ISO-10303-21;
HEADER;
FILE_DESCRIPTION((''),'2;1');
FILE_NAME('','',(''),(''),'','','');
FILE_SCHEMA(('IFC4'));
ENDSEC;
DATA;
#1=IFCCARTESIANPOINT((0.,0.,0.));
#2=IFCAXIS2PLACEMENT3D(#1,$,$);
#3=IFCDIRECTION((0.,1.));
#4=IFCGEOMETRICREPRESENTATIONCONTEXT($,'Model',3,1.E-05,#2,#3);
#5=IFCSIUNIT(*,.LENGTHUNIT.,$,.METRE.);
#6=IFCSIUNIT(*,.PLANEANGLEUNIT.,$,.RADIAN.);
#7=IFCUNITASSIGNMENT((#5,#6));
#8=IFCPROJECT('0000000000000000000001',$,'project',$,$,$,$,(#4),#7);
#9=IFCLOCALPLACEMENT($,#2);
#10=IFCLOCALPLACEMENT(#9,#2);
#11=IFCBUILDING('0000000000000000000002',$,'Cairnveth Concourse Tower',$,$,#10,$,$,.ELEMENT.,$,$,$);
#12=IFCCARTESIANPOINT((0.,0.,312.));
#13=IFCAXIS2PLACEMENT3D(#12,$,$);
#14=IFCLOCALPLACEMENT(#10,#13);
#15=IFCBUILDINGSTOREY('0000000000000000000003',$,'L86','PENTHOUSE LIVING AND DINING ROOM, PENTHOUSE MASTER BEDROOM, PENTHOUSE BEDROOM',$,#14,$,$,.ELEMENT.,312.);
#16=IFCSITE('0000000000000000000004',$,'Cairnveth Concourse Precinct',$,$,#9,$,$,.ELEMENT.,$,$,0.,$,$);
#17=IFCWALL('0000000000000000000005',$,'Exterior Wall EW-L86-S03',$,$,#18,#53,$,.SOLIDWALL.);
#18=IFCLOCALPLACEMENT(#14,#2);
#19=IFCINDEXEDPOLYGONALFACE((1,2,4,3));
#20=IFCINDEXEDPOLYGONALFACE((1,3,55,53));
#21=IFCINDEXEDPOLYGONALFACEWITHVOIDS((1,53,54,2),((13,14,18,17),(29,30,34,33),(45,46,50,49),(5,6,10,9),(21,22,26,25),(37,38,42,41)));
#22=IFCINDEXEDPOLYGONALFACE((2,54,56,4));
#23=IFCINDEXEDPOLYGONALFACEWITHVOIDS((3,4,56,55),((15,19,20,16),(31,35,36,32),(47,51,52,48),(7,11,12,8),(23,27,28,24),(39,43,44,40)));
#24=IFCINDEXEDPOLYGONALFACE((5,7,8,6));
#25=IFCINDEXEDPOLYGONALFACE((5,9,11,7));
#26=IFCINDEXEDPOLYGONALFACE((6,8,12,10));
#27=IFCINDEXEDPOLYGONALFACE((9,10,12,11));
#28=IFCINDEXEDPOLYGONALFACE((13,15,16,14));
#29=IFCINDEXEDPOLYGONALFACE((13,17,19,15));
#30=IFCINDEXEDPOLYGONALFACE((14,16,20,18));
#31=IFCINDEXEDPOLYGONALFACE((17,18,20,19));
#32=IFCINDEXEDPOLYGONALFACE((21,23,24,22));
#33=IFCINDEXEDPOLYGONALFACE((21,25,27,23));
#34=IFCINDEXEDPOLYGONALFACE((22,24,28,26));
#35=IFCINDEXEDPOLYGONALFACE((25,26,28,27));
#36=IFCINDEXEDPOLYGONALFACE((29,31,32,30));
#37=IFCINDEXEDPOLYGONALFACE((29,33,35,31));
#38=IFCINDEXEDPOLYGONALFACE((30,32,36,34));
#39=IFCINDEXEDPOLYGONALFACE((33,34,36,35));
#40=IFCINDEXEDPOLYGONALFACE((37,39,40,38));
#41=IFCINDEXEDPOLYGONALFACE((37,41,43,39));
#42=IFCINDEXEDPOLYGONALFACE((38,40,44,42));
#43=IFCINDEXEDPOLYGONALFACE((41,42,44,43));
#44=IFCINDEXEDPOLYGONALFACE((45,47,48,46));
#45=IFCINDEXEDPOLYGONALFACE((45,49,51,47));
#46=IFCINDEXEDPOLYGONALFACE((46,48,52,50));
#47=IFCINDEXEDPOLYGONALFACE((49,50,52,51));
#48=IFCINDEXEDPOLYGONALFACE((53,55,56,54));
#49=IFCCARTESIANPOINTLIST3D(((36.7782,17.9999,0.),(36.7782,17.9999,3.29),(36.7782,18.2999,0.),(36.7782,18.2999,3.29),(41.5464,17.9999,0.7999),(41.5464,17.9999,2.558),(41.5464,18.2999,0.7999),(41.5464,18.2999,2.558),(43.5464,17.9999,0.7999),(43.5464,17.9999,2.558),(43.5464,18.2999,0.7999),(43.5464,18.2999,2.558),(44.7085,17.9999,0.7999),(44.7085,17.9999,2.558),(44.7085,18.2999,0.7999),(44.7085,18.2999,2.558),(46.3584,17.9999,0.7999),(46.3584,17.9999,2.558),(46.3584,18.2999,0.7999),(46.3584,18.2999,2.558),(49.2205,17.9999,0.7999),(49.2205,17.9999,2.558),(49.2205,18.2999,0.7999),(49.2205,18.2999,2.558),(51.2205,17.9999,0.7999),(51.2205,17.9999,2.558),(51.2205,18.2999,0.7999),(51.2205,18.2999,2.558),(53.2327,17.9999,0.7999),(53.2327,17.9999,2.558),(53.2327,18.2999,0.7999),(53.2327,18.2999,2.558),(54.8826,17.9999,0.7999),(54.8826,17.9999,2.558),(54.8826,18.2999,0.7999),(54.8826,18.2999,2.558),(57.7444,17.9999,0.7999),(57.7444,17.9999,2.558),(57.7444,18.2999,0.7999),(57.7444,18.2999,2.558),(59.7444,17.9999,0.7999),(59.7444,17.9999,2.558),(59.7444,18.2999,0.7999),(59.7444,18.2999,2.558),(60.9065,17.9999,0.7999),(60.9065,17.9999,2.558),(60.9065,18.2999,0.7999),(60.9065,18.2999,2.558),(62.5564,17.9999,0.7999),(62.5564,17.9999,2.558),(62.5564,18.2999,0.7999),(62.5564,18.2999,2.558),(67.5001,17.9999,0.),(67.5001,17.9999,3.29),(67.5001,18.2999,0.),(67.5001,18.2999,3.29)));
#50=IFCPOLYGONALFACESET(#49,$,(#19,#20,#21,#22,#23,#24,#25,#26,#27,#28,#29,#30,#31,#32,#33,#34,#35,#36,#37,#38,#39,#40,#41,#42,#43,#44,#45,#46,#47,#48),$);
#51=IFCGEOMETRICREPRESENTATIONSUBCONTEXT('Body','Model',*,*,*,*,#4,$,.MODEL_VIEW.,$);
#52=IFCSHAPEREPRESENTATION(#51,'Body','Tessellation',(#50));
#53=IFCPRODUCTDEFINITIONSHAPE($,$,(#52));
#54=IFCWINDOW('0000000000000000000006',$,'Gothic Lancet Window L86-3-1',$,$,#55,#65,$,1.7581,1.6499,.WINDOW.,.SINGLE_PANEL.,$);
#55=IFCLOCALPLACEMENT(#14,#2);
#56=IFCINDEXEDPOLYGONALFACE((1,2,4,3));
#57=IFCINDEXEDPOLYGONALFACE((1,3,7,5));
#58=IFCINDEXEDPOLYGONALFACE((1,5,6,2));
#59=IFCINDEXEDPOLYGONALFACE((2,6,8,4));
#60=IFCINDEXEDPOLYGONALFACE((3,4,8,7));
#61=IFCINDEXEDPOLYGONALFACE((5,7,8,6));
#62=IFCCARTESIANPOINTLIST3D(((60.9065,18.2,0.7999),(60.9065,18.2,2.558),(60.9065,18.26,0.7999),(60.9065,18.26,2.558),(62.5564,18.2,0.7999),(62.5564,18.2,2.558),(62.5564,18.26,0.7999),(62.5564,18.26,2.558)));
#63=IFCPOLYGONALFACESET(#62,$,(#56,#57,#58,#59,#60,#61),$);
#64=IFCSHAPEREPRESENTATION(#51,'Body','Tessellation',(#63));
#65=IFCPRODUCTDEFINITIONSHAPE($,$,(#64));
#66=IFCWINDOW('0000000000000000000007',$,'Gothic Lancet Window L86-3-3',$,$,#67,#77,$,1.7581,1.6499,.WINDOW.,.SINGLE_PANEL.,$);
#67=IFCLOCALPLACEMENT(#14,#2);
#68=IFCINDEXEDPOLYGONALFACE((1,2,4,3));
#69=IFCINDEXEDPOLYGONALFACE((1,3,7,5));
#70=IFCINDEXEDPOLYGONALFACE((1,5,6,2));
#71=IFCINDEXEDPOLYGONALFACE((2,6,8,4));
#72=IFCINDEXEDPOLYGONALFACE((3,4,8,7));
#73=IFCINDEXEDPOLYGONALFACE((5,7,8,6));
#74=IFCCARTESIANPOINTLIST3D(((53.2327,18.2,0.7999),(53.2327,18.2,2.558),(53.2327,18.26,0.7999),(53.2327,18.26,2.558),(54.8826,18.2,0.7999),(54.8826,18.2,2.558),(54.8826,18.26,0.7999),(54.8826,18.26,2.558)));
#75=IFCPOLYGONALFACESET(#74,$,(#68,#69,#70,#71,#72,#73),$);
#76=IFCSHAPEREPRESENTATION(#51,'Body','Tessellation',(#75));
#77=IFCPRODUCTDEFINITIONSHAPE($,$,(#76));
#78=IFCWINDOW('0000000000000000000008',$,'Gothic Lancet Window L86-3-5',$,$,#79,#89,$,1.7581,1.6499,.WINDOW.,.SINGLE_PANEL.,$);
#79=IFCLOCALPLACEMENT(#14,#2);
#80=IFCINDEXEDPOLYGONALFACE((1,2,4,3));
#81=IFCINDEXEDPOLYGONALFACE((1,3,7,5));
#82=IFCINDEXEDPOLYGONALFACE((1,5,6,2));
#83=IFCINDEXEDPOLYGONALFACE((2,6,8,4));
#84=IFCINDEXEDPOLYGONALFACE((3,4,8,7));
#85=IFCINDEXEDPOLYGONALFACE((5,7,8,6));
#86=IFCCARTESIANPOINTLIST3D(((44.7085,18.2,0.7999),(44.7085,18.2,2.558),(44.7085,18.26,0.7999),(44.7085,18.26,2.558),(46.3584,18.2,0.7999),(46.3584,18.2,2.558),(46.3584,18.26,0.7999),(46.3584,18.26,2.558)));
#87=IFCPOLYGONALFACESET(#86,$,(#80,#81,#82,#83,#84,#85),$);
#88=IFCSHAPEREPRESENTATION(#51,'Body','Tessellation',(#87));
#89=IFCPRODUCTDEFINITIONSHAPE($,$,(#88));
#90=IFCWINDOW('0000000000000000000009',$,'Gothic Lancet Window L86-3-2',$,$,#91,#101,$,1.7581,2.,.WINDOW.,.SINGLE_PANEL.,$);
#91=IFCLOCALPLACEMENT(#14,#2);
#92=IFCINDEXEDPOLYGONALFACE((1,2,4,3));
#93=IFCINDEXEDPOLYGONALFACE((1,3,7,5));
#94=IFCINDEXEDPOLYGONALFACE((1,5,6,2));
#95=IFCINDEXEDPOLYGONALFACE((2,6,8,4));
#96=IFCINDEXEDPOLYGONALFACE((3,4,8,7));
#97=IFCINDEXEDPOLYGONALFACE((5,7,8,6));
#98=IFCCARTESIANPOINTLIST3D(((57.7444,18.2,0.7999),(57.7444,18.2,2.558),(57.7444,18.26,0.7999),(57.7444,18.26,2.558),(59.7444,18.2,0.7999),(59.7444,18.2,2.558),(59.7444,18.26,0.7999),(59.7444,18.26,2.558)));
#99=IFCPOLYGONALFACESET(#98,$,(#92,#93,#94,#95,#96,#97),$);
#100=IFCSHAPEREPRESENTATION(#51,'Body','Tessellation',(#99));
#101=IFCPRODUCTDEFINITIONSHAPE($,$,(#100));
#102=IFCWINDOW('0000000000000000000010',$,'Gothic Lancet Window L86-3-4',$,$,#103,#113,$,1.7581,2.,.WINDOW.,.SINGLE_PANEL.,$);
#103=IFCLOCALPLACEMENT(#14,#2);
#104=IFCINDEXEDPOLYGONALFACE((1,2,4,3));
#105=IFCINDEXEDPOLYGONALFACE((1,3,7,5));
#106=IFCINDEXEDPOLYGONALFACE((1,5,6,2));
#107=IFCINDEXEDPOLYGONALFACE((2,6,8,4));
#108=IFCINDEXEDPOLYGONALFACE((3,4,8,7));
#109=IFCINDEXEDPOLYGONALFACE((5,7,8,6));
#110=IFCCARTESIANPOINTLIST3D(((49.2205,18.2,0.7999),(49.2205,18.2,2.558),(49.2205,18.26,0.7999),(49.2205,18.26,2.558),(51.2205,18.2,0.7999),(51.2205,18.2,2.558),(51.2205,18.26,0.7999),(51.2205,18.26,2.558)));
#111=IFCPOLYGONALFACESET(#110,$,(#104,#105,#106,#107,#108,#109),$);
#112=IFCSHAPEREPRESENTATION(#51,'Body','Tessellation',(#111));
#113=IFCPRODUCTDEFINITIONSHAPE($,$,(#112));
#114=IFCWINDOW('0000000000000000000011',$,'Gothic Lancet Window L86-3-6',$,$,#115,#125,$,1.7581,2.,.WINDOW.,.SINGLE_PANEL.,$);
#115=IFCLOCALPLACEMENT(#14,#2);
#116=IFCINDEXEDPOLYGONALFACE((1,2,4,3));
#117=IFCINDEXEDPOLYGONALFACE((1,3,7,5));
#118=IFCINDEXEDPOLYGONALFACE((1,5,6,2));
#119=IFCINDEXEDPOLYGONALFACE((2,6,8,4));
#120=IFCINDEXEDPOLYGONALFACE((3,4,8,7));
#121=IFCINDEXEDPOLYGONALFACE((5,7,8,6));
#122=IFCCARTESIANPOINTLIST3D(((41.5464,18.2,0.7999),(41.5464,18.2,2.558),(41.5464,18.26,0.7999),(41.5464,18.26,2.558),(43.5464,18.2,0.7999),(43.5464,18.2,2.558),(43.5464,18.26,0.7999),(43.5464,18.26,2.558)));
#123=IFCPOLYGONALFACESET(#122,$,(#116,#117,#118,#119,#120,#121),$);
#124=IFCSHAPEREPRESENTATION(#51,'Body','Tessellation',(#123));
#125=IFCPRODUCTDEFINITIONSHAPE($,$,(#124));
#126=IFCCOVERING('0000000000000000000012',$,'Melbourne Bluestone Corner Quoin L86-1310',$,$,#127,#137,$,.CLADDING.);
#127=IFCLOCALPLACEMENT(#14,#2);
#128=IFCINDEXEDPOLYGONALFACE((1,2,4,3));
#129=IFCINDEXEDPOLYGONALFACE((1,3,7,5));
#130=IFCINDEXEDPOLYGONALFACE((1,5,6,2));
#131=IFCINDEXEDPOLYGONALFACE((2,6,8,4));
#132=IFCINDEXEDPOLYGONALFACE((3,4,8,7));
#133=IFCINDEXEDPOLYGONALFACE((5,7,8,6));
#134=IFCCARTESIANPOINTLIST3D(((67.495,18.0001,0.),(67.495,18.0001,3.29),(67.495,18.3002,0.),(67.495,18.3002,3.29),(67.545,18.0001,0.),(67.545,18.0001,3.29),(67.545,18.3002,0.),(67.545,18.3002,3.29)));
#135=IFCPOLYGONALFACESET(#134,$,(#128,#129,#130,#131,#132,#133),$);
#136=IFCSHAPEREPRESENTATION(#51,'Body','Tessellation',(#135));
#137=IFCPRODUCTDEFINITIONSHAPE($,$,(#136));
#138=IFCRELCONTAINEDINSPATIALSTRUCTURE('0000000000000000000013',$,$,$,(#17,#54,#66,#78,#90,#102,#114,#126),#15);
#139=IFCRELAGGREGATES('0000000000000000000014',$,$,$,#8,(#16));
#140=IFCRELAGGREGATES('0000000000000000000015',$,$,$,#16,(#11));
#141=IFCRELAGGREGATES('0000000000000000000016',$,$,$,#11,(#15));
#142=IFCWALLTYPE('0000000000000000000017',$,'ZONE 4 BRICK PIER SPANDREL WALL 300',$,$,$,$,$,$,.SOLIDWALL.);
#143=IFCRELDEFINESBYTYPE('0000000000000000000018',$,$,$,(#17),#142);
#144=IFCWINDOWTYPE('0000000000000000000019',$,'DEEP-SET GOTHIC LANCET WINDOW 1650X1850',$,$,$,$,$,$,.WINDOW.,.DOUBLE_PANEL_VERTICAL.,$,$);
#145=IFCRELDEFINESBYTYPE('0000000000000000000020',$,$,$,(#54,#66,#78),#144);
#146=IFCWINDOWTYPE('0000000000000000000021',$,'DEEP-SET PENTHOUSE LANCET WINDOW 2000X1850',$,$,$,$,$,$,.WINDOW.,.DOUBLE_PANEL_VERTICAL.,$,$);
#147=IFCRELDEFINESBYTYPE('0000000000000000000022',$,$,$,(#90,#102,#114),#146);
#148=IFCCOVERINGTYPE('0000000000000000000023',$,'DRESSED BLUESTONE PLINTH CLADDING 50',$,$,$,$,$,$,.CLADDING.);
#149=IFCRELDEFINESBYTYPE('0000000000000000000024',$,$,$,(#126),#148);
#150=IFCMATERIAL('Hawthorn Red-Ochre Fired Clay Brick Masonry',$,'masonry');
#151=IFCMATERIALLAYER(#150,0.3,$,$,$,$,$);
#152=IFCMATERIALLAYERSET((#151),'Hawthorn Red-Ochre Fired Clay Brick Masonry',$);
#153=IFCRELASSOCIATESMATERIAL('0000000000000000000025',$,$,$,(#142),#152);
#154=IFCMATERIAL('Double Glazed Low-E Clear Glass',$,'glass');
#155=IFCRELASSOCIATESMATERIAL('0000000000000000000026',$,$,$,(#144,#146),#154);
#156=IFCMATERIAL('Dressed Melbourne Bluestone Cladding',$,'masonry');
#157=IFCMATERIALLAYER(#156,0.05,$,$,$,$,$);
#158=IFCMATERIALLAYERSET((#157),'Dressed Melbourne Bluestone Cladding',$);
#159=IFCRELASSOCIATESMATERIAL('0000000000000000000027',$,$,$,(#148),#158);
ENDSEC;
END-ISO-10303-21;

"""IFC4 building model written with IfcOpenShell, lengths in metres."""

from ifc_helpers import new_model, si_unit, direction, frame, frame_2d, origin, place, context, subcontext, project, spatial, rectangle, extrude, material, layer, layer_set, type_object, element, fill, save


model = new_model("IFC4")

# Units and contexts
model_context = context("Model", 3, precision=1e-05, world=origin(), true_north=direction((0.0, 1.0)))
body_context = subcontext(model_context, "Body", "Model", "MODEL_VIEW")
ifc_project = project(units=[si_unit("LENGTHUNIT", "METRE"), si_unit("PLANEANGLEUNIT", "RADIAN")], contexts=[model_context])

# Site, building, storey
site_placement = place(None, origin())
site = spatial("IfcSite", under=ifc_project, at=site_placement, Name="Cairnveth Concourse Precinct", CompositionType="ELEMENT", RefElevation=0.0)
building_placement = place(site_placement, origin())
building = spatial("IfcBuilding", under=site, at=building_placement, Name="Cairnveth Concourse Tower", CompositionType="ELEMENT")
storey_placement = place(building_placement, frame((0.0, 0.0, 312.0)))
storey = spatial("IfcBuildingStorey", under=building, at=storey_placement, Name="L86", Description="PENTHOUSE LIVING AND DINING ROOM, PENTHOUSE MASTER BEDROOM, PENTHOUSE BEDROOM", CompositionType="ELEMENT", Elevation=312.0)

# Shared definitions
ifc_material_1 = material(Name="Hawthorn Red-Ochre Fired Clay Brick Masonry", Category="masonry")
ifc_layer_1 = layer(ifc_material_1, 0.3)
ifc_layer_set_1 = layer_set([ifc_layer_1], Name="Hawthorn Red-Ochre Fired Clay Brick Masonry")
wall_type_1 = type_object("IfcWallType", Name="ZONE 4 BRICK PIER SPANDREL WALL 300", PredefinedType="SOLIDWALL", material=ifc_layer_set_1)
ifc_material_2 = material(Name="Double Glazed Low-E Clear Glass", Category="glass")

# Wall, openings, windows
wall_1_placement = place(storey_placement, frame((67.5, 18.1499, 0.0), z_axis=(0.0, 0.0, 1.0), x_axis=(-1.0, 0.0, 0.0)))
wall_1 = element("IfcWall", 1, at=wall_1_placement, inside=storey, type_object=wall_type_1, Name="Exterior Wall EW-L86-S03", PredefinedType="SOLIDWALL", context=body_context, shape_type="SweptSolid", body=[
    extrude(rectangle(XDim=30.7219, YDim=0.3, at=frame_2d((15.3608, 0.0))), origin(), (0.0, 0.0, 1.0), 3.29),
])
opening_1_placement = place(wall_1_placement, frame((4.9436, 0.0, 0.8)))
opening_1 = element("IfcOpeningElement", 2, at=opening_1_placement, cuts=wall_1, PredefinedType="OPENING", context=body_context, shape_type="SweptSolid", body=[
    extrude(rectangle(XDim=1.6499, YDim=1.7581, at=frame_2d((0.825, 0.8789))), frame((0.0, 0.1599, 0.0), z_axis=(0.0, -1.0, 0.0), x_axis=(1.0, 0.0, 0.0)), (0.0, 0.0, 1.0), 0.3201),
])
opening_2_placement = place(wall_1_placement, frame((7.7556, 0.0, 0.8)))
opening_2 = element("IfcOpeningElement", 3, at=opening_2_placement, cuts=wall_1, PredefinedType="OPENING", context=body_context, shape_type="SweptSolid", body=[
    extrude(rectangle(XDim=2.0, YDim=1.7581, at=frame_2d((1.0, 0.8789))), frame((0.0, 0.1599, 0.0), z_axis=(0.0, -1.0, 0.0), x_axis=(1.0, 0.0, 0.0)), (0.0, 0.0, 1.0), 0.3201),
])
opening_3_placement = place(wall_1_placement, frame((12.6174, 0.0, 0.8)))
opening_3 = element("IfcOpeningElement", 4, at=opening_3_placement, cuts=wall_1, PredefinedType="OPENING", context=body_context, shape_type="SweptSolid", body=[
    extrude(rectangle(XDim=1.6499, YDim=1.7581, at=frame_2d((0.825, 0.8789))), frame((0.0, 0.1599, 0.0), z_axis=(0.0, -1.0, 0.0), x_axis=(1.0, 0.0, 0.0)), (0.0, 0.0, 1.0), 0.3201),
])
opening_4_placement = place(wall_1_placement, frame((16.2795, 0.0, 0.8)))
opening_4 = element("IfcOpeningElement", 5, at=opening_4_placement, cuts=wall_1, PredefinedType="OPENING", context=body_context, shape_type="SweptSolid", body=[
    extrude(rectangle(XDim=2.0, YDim=1.7581, at=frame_2d((1.0, 0.8789))), frame((0.0, 0.1599, 0.0), z_axis=(0.0, -1.0, 0.0), x_axis=(1.0, 0.0, 0.0)), (0.0, 0.0, 1.0), 0.3201),
])
opening_5_placement = place(wall_1_placement, frame((21.1416, 0.0, 0.8)))
opening_5 = element("IfcOpeningElement", 6, at=opening_5_placement, cuts=wall_1, PredefinedType="OPENING", context=body_context, shape_type="SweptSolid", body=[
    extrude(rectangle(XDim=1.6499, YDim=1.7581, at=frame_2d((0.825, 0.8789))), frame((0.0, 0.1599, 0.0), z_axis=(0.0, -1.0, 0.0), x_axis=(1.0, 0.0, 0.0)), (0.0, 0.0, 1.0), 0.3201),
])
opening_6_placement = place(wall_1_placement, frame((23.9536, 0.0, 0.8)))
opening_6 = element("IfcOpeningElement", 7, at=opening_6_placement, cuts=wall_1, PredefinedType="OPENING", context=body_context, shape_type="SweptSolid", body=[
    extrude(rectangle(XDim=2.0, YDim=1.7581, at=frame_2d((1.0, 0.8789))), frame((0.0, 0.1599, 0.0), z_axis=(0.0, -1.0, 0.0), x_axis=(1.0, 0.0, 0.0)), (0.0, 0.0, 1.0), 0.3201),
])
window_type_1 = type_object("IfcWindowType", Name="DEEP-SET GOTHIC LANCET WINDOW 1650X1850", PartitioningType="DOUBLE_PANEL_VERTICAL", PredefinedType="WINDOW", material=ifc_material_2)
window_1_placement = place(opening_1_placement, origin())
window_1 = element("IfcWindow", 8, at=window_1_placement, inside=storey, type_object=window_type_1, Name="Gothic Lancet Window L86-3-1", OverallHeight=1.7581, OverallWidth=1.6499, PartitioningType="SINGLE_PANEL", PredefinedType="WINDOW", context=body_context, shape_type="SweptSolid", body=[
    extrude(rectangle(XDim=1.6499, YDim=1.7581, at=frame_2d((0.825, 0.8789))), frame((0.0, -0.05, 0.0), z_axis=(0.0, -1.0, 0.0), x_axis=(1.0, 0.0, 0.0)), (0.0, 0.0, 1.0), 0.0601),
])
fill(opening_1, window_1)
window_2_placement = place(opening_3_placement, origin())
window_2 = element("IfcWindow", 9, at=window_2_placement, inside=storey, type_object=window_type_1, Name="Gothic Lancet Window L86-3-3", OverallHeight=1.7581, OverallWidth=1.6499, PartitioningType="SINGLE_PANEL", PredefinedType="WINDOW", context=body_context, shape_type="SweptSolid", body=[
    extrude(rectangle(XDim=1.6499, YDim=1.7581, at=frame_2d((0.825, 0.8789))), frame((0.0, -0.05, 0.0), z_axis=(0.0, -1.0, 0.0), x_axis=(1.0, 0.0, 0.0)), (0.0, 0.0, 1.0), 0.0601),
])
fill(opening_3, window_2)
window_3_placement = place(opening_5_placement, origin())
window_3 = element("IfcWindow", 10, at=window_3_placement, inside=storey, type_object=window_type_1, Name="Gothic Lancet Window L86-3-5", OverallHeight=1.7581, OverallWidth=1.6499, PartitioningType="SINGLE_PANEL", PredefinedType="WINDOW", context=body_context, shape_type="SweptSolid", body=[
    extrude(rectangle(XDim=1.6499, YDim=1.7581, at=frame_2d((0.825, 0.8789))), frame((0.0, -0.05, 0.0), z_axis=(0.0, -1.0, 0.0), x_axis=(1.0, 0.0, 0.0)), (0.0, 0.0, 1.0), 0.0601),
])
fill(opening_5, window_3)
window_type_2 = type_object("IfcWindowType", Name="DEEP-SET PENTHOUSE LANCET WINDOW 2000X1850", PartitioningType="DOUBLE_PANEL_VERTICAL", PredefinedType="WINDOW", material=ifc_material_2)
window_4_placement = place(opening_2_placement, origin())
window_4 = element("IfcWindow", 11, at=window_4_placement, inside=storey, type_object=window_type_2, Name="Gothic Lancet Window L86-3-2", OverallHeight=1.7581, OverallWidth=2.0, PartitioningType="SINGLE_PANEL", PredefinedType="WINDOW", context=body_context, shape_type="SweptSolid", body=[
    extrude(rectangle(XDim=2.0, YDim=1.7581, at=frame_2d((1.0, 0.8789))), frame((0.0, -0.05, 0.0), z_axis=(0.0, -1.0, 0.0), x_axis=(1.0, 0.0, 0.0)), (0.0, 0.0, 1.0), 0.0601),
])
fill(opening_2, window_4)
window_5_placement = place(opening_4_placement, origin())
window_5 = element("IfcWindow", 12, at=window_5_placement, inside=storey, type_object=window_type_2, Name="Gothic Lancet Window L86-3-4", OverallHeight=1.7581, OverallWidth=2.0, PartitioningType="SINGLE_PANEL", PredefinedType="WINDOW", context=body_context, shape_type="SweptSolid", body=[
    extrude(rectangle(XDim=2.0, YDim=1.7581, at=frame_2d((1.0, 0.8789))), frame((0.0, -0.05, 0.0), z_axis=(0.0, -1.0, 0.0), x_axis=(1.0, 0.0, 0.0)), (0.0, 0.0, 1.0), 0.0601),
])
fill(opening_4, window_5)
window_6_placement = place(opening_6_placement, origin())
window_6 = element("IfcWindow", 13, at=window_6_placement, inside=storey, type_object=window_type_2, Name="Gothic Lancet Window L86-3-6", OverallHeight=1.7581, OverallWidth=2.0, PartitioningType="SINGLE_PANEL", PredefinedType="WINDOW", context=body_context, shape_type="SweptSolid", body=[
    extrude(rectangle(XDim=2.0, YDim=1.7581, at=frame_2d((1.0, 0.8789))), frame((0.0, -0.05, 0.0), z_axis=(0.0, -1.0, 0.0), x_axis=(1.0, 0.0, 0.0)), (0.0, 0.0, 1.0), 0.0601),
])
fill(opening_6, window_6)

# Covering
ifc_material_3 = material(Name="Dressed Melbourne Bluestone Cladding", Category="masonry")
ifc_layer_2 = layer(ifc_material_3, 0.05)
ifc_layer_set_2 = layer_set([ifc_layer_2], Name="Dressed Melbourne Bluestone Cladding")
covering_type = type_object("IfcCoveringType", Name="DRESSED BLUESTONE PLINTH CLADDING 50", PredefinedType="CLADDING", material=ifc_layer_set_2)
covering_placement = place(storey_placement, frame((67.52, 18.3, 0.0), z_axis=(0.0, 0.0, 1.0), x_axis=(0.0, -1.0, 0.0)))
element("IfcCovering", 14, at=covering_placement, inside=storey, type_object=covering_type, Name="Melbourne Bluestone Corner Quoin L86-1310", PredefinedType="CLADDING", context=body_context, shape_type="SweptSolid", body=[
    extrude(rectangle(XDim=0.3, YDim=0.05, at=frame_2d((0.1499, 0.0))), origin(), (0.0, 0.0, 1.0), 3.29),
])

save(model, "model.ifc")
